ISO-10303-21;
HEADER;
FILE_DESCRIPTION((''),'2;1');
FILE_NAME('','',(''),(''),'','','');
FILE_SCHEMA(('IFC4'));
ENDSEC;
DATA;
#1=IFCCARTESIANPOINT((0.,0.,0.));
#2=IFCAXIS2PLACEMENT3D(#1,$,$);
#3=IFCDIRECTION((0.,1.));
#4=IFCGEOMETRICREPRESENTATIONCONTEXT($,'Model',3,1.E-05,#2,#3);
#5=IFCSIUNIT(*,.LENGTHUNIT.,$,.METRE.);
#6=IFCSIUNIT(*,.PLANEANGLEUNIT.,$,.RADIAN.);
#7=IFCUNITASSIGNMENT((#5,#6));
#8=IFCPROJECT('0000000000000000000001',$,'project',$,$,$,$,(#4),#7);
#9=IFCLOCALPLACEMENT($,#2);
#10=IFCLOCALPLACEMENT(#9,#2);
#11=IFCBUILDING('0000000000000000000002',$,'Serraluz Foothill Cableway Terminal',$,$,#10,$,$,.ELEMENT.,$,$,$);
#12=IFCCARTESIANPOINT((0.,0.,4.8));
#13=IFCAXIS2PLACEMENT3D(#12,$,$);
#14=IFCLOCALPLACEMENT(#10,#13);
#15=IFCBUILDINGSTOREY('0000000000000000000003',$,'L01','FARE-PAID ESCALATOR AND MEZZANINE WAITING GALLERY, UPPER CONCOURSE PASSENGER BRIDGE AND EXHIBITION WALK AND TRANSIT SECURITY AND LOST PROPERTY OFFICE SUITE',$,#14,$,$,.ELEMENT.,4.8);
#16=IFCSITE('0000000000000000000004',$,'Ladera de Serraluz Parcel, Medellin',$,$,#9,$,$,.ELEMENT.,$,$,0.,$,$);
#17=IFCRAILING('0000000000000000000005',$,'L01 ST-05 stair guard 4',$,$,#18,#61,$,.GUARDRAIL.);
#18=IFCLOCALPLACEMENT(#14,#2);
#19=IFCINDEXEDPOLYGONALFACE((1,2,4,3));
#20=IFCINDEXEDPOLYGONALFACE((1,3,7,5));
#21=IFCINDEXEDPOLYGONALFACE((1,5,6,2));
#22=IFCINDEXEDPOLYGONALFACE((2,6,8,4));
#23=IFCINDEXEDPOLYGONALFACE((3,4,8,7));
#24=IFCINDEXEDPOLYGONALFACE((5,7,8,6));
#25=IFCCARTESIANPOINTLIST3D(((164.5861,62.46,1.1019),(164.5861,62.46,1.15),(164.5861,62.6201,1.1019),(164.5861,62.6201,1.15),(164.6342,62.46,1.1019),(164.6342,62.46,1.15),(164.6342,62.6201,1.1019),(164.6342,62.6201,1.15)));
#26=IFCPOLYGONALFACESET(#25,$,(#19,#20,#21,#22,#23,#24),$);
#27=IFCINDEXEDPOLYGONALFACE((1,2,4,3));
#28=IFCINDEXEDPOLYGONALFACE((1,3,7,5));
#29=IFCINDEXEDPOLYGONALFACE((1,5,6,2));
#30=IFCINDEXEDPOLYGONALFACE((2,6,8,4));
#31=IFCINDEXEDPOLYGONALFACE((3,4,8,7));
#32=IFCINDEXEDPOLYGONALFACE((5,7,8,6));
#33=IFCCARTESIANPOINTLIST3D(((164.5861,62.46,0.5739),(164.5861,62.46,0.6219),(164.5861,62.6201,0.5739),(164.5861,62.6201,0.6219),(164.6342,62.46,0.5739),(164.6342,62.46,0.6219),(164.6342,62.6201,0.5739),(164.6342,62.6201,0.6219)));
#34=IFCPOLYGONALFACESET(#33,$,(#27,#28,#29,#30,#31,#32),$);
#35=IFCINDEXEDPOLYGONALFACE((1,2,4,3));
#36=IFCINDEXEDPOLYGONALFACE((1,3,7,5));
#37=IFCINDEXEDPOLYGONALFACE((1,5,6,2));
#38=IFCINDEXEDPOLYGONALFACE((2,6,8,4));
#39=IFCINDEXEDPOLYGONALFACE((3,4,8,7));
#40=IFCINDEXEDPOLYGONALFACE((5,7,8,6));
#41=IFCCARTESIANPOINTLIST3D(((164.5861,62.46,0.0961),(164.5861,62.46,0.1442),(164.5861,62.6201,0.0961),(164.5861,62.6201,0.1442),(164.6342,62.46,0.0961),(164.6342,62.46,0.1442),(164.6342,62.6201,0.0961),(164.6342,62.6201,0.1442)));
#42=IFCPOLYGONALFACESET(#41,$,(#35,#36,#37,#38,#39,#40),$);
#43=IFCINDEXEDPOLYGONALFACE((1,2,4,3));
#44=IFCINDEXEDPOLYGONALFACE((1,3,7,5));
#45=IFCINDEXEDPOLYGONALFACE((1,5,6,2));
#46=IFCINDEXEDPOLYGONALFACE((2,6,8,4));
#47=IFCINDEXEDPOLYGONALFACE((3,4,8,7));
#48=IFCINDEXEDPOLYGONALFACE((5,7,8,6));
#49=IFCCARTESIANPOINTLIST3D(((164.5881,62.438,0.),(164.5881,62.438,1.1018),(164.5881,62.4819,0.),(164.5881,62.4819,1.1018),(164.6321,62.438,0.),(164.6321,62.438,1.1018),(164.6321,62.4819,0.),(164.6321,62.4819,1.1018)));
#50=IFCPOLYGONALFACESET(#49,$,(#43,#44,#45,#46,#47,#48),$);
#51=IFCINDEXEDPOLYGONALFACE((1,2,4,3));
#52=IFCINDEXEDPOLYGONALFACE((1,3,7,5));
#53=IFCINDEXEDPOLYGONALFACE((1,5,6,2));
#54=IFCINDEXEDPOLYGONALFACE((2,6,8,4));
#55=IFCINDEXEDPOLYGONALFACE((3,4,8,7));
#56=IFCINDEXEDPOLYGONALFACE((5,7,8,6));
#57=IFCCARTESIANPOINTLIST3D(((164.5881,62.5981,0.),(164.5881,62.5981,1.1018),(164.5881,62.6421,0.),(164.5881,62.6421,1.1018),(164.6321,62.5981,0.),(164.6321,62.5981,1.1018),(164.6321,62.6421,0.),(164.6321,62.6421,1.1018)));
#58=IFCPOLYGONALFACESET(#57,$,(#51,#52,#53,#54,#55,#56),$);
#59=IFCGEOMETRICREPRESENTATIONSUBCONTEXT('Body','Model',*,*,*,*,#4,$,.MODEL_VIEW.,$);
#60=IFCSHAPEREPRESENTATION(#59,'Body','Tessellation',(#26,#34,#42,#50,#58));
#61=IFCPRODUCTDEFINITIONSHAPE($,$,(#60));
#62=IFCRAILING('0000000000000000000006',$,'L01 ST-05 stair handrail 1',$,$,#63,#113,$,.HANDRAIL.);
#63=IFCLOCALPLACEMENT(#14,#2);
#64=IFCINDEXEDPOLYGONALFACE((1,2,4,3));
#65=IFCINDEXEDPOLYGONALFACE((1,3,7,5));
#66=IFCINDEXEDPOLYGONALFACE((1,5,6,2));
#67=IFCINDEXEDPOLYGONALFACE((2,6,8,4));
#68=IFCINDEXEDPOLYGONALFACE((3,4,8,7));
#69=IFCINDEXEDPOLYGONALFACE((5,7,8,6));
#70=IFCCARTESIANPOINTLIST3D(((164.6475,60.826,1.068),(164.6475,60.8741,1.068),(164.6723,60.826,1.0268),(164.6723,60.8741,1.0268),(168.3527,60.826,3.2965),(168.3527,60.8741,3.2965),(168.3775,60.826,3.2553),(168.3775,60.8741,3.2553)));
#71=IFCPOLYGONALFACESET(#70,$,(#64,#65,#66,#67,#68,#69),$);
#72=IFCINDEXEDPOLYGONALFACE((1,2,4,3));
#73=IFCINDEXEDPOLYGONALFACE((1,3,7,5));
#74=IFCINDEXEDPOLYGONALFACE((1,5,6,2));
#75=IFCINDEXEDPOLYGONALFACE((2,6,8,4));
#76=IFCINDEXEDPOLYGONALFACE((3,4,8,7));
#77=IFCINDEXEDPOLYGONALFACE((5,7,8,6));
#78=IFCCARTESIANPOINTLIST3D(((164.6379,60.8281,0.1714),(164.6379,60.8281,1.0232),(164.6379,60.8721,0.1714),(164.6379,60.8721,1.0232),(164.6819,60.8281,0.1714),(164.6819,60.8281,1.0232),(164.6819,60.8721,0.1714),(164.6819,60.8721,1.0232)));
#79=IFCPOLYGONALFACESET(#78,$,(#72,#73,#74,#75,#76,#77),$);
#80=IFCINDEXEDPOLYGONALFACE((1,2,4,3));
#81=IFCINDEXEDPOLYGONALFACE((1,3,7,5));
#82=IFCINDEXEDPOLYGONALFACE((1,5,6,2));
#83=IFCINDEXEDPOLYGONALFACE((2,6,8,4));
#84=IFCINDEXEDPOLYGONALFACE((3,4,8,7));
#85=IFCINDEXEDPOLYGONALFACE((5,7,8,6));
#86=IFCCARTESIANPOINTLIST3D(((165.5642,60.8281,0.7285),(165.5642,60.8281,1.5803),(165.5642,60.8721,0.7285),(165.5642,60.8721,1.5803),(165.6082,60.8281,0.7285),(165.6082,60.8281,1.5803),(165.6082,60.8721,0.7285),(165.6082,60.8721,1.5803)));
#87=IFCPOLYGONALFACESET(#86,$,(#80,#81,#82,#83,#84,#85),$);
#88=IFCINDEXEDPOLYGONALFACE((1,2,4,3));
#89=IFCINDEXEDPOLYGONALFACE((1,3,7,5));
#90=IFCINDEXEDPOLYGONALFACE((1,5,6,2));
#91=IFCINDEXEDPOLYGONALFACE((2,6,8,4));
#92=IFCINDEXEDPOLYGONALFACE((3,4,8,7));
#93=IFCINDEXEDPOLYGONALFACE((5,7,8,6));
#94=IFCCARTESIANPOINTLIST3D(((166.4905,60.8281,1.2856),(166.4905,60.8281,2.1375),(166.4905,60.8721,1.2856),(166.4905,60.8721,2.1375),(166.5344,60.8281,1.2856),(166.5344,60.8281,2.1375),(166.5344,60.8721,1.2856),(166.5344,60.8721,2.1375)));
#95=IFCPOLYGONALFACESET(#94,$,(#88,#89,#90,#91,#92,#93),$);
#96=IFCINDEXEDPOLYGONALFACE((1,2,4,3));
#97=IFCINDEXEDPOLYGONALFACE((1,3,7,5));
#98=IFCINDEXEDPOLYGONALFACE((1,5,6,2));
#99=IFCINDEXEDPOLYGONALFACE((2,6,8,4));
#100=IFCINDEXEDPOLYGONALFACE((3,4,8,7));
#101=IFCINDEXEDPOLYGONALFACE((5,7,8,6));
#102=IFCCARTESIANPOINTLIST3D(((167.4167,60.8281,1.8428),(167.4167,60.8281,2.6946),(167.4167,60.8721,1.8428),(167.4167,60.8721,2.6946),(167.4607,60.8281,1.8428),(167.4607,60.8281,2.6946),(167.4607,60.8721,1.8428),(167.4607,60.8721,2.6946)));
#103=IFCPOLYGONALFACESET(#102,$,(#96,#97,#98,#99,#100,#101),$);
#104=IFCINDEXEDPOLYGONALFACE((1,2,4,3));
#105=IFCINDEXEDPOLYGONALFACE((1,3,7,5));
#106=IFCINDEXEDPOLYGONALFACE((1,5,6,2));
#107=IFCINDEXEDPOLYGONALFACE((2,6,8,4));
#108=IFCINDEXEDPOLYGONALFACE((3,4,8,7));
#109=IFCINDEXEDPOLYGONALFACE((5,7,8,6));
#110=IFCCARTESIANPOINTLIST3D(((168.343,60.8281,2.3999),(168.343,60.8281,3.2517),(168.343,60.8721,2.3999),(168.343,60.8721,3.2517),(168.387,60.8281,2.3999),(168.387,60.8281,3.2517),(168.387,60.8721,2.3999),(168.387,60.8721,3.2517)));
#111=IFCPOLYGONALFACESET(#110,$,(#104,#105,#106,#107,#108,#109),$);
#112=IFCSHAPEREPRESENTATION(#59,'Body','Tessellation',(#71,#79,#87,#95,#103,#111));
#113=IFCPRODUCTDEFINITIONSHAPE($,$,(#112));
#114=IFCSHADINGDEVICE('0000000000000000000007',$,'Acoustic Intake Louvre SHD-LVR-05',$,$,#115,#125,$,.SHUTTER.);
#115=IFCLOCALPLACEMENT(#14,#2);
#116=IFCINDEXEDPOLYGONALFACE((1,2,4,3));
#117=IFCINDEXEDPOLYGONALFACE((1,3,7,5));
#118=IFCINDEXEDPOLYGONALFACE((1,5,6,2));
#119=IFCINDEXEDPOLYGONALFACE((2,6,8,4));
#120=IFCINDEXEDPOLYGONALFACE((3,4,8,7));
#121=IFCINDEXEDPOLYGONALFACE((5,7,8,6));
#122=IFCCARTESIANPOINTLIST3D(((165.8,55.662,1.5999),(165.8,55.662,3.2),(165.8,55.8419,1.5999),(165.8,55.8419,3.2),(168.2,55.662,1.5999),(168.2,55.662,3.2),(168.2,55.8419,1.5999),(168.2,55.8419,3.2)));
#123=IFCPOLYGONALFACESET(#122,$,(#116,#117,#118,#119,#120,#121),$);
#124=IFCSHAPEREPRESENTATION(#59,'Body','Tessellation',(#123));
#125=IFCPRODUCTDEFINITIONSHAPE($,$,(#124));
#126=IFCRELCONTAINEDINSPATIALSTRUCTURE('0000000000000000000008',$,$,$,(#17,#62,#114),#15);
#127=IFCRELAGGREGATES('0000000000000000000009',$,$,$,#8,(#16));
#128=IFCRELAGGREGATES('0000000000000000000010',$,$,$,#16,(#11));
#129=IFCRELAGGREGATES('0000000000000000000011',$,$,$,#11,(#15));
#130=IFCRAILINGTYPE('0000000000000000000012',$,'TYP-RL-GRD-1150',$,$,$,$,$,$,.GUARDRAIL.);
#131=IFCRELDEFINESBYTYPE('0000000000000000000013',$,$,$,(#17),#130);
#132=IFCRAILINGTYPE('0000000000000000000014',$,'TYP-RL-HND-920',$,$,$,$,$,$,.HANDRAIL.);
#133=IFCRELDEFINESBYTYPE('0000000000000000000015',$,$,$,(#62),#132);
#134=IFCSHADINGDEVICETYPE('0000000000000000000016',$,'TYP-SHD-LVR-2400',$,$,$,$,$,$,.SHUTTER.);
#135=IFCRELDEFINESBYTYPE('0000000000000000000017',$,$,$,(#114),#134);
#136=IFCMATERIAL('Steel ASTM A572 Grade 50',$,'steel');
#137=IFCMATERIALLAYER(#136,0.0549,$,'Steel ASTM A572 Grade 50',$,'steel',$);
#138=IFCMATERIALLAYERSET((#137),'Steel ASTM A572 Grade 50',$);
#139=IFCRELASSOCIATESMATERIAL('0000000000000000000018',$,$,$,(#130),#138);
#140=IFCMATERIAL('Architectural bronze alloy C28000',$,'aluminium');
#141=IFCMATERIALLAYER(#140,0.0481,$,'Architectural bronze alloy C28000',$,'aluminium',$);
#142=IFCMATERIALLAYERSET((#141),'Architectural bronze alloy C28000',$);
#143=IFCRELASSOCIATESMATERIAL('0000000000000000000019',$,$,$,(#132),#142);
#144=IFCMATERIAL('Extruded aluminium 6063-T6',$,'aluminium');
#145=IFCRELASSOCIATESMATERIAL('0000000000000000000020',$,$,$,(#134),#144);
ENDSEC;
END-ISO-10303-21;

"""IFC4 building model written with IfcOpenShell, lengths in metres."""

from ifc_helpers import new_model, si_unit, direction, frame, origin, origin_2d, place, context, subcontext, project, spatial, rectangle, extrude, material, layer, layer_set, type_object, element, save


model = new_model("IFC4")

# Units and contexts
model_context = context("Model", 3, precision=1e-05, world=origin(), true_north=direction((0.0, 1.0)))
body_context = subcontext(model_context, "Body", "Model", "MODEL_VIEW")
ifc_project = project(units=[si_unit("LENGTHUNIT", "METRE"), si_unit("PLANEANGLEUNIT", "RADIAN")], contexts=[model_context])

# Site, building, storey
site_placement = place(None, origin())
site = spatial("IfcSite", under=ifc_project, at=site_placement, Name="Ladera de Serraluz Parcel, Medellin", CompositionType="ELEMENT", RefElevation=0.0)
building_placement = place(site_placement, origin())
building = spatial("IfcBuilding", under=site, at=building_placement, Name="Serraluz Foothill Cableway Terminal", CompositionType="ELEMENT")
storey_placement = place(building_placement, frame((0.0, 0.0, 4.8)))
storey = spatial("IfcBuildingStorey", under=building, at=storey_placement, Name="L01", Description="FARE-PAID ESCALATOR AND MEZZANINE WAITING GALLERY, UPPER CONCOURSE PASSENGER BRIDGE AND EXHIBITION WALK AND TRANSIT SECURITY AND LOST PROPERTY OFFICE SUITE", CompositionType="ELEMENT", Elevation=4.8)

# Railings
ifc_material_1 = material(Name="Steel ASTM A572 Grade 50", Category="steel")
ifc_layer_1 = layer(ifc_material_1, 0.0549, Name="Steel ASTM A572 Grade 50", Category="steel")
ifc_layer_set_1 = layer_set([ifc_layer_1], Name="Steel ASTM A572 Grade 50")
railing_type_1 = type_object("IfcRailingType", Name="TYP-RL-GRD-1150", PredefinedType="GUARDRAIL", material=ifc_layer_set_1)
railing_1_placement = place(storey_placement, frame((164.6101, 62.46, 0.0)))
element("IfcRailing", 1, at=railing_1_placement, inside=storey, type_object=railing_type_1, Name="L01 ST-05 stair guard 4", PredefinedType="GUARDRAIL", context=body_context, shape_type="SweptSolid", body=[
    extrude(rectangle(XDim=0.0481, YDim=0.0481, at=origin_2d()), frame((0.0, 0.0, 1.126), z_axis=(0.0, 1.0, 0.0), x_axis=(-1.0, 0.0, 0.0)), (0.0, 0.0, 1.0), 0.1602),
    extrude(rectangle(XDim=0.0481, YDim=0.0481, at=origin_2d()), frame((0.0, 0.0, 0.5979), z_axis=(0.0, 1.0, 0.0), x_axis=(-1.0, 0.0, 0.0)), (0.0, 0.0, 1.0), 0.1602),
    extrude(rectangle(XDim=0.0481, YDim=0.0481, at=origin_2d()), frame((0.0, 0.0, 0.1201), z_axis=(0.0, 1.0, 0.0), x_axis=(-1.0, 0.0, 0.0)), (0.0, 0.0, 1.0), 0.1602),
    extrude(rectangle(XDim=0.0439, YDim=0.0439, at=origin_2d()), origin(), (0.0, 0.0, 1.0), 1.1018),
    extrude(rectangle(XDim=0.0439, YDim=0.0439, at=origin_2d()), frame((0.0, 0.1602, 0.0)), (0.0, 0.0, 1.0), 1.1018),
])
ifc_material_2 = material(Name="Architectural bronze alloy C28000", Category="aluminium")
ifc_layer_2 = layer(ifc_material_2, 0.0481, Name="Architectural bronze alloy C28000", Category="aluminium")
ifc_layer_set_2 = layer_set([ifc_layer_2], Name="Architectural bronze alloy C28000")
railing_type_2 = type_object("IfcRailingType", Name="TYP-RL-HND-920", PredefinedType="HANDRAIL", material=ifc_layer_set_2)
railing_2_placement = place(storey_placement, frame((164.6599, 60.8501, 0.1714)))
element("IfcRailing", 2, at=railing_2_placement, inside=storey, type_object=railing_type_2, Name="L01 ST-05 stair handrail 1", PredefinedType="HANDRAIL", context=body_context, shape_type="SweptSolid", body=[
    extrude(rectangle(XDim=0.0481, YDim=0.0481, at=origin_2d()), frame((0.0, 0.0, 0.876), z_axis=(0.856934, 0.0, 0.515425), x_axis=(0.0, 1.0, 0.0)), (0.0, 0.0, 1.0), 4.3237),
    extrude(rectangle(XDim=0.0439, YDim=0.0439, at=origin_2d()), origin(), (0.0, 0.0, 1.0), 0.8518),
    extrude(rectangle(XDim=0.0439, YDim=0.0439, at=origin_2d()), frame((0.9263, 0.0, 0.5571)), (0.0, 0.0, 1.0), 0.8518),
    extrude(rectangle(XDim=0.0439, YDim=0.0439, at=origin_2d()), frame((1.8525, 0.0, 1.1143)), (0.0, 0.0, 1.0), 0.8518),
    extrude(rectangle(XDim=0.0439, YDim=0.0439, at=origin_2d()), frame((2.7788, 0.0, 1.6714)), (0.0, 0.0, 1.0), 0.8518),
    extrude(rectangle(XDim=0.0439, YDim=0.0439, at=origin_2d()), frame((3.7051, 0.0, 2.2285)), (0.0, 0.0, 1.0), 0.8518),
])

# Shading device
ifc_material_3 = material(Name="Extruded aluminium 6063-T6", Category="aluminium")
shading_device_type = type_object("IfcShadingDeviceType", Name="TYP-SHD-LVR-2400", PredefinedType="SHUTTER", material=ifc_material_3)
shading_device_placement = place(storey_placement, frame((167.0, 55.752, 1.5999), z_axis=(0.0, 0.0, 1.0), x_axis=(1.0, 0.0, 0.0)))
element("IfcShadingDevice", 3, at=shading_device_placement, inside=storey, type_object=shading_device_type, Name="Acoustic Intake Louvre SHD-LVR-05", PredefinedType="SHUTTER", context=body_context, shape_type="SweptSolid", body=[
    extrude(rectangle(XDim=2.3999, YDim=0.1799, at=origin_2d()), origin(), (0.0, 0.0, 1.0), 1.6001),
])

save(model, "model.ifc")
